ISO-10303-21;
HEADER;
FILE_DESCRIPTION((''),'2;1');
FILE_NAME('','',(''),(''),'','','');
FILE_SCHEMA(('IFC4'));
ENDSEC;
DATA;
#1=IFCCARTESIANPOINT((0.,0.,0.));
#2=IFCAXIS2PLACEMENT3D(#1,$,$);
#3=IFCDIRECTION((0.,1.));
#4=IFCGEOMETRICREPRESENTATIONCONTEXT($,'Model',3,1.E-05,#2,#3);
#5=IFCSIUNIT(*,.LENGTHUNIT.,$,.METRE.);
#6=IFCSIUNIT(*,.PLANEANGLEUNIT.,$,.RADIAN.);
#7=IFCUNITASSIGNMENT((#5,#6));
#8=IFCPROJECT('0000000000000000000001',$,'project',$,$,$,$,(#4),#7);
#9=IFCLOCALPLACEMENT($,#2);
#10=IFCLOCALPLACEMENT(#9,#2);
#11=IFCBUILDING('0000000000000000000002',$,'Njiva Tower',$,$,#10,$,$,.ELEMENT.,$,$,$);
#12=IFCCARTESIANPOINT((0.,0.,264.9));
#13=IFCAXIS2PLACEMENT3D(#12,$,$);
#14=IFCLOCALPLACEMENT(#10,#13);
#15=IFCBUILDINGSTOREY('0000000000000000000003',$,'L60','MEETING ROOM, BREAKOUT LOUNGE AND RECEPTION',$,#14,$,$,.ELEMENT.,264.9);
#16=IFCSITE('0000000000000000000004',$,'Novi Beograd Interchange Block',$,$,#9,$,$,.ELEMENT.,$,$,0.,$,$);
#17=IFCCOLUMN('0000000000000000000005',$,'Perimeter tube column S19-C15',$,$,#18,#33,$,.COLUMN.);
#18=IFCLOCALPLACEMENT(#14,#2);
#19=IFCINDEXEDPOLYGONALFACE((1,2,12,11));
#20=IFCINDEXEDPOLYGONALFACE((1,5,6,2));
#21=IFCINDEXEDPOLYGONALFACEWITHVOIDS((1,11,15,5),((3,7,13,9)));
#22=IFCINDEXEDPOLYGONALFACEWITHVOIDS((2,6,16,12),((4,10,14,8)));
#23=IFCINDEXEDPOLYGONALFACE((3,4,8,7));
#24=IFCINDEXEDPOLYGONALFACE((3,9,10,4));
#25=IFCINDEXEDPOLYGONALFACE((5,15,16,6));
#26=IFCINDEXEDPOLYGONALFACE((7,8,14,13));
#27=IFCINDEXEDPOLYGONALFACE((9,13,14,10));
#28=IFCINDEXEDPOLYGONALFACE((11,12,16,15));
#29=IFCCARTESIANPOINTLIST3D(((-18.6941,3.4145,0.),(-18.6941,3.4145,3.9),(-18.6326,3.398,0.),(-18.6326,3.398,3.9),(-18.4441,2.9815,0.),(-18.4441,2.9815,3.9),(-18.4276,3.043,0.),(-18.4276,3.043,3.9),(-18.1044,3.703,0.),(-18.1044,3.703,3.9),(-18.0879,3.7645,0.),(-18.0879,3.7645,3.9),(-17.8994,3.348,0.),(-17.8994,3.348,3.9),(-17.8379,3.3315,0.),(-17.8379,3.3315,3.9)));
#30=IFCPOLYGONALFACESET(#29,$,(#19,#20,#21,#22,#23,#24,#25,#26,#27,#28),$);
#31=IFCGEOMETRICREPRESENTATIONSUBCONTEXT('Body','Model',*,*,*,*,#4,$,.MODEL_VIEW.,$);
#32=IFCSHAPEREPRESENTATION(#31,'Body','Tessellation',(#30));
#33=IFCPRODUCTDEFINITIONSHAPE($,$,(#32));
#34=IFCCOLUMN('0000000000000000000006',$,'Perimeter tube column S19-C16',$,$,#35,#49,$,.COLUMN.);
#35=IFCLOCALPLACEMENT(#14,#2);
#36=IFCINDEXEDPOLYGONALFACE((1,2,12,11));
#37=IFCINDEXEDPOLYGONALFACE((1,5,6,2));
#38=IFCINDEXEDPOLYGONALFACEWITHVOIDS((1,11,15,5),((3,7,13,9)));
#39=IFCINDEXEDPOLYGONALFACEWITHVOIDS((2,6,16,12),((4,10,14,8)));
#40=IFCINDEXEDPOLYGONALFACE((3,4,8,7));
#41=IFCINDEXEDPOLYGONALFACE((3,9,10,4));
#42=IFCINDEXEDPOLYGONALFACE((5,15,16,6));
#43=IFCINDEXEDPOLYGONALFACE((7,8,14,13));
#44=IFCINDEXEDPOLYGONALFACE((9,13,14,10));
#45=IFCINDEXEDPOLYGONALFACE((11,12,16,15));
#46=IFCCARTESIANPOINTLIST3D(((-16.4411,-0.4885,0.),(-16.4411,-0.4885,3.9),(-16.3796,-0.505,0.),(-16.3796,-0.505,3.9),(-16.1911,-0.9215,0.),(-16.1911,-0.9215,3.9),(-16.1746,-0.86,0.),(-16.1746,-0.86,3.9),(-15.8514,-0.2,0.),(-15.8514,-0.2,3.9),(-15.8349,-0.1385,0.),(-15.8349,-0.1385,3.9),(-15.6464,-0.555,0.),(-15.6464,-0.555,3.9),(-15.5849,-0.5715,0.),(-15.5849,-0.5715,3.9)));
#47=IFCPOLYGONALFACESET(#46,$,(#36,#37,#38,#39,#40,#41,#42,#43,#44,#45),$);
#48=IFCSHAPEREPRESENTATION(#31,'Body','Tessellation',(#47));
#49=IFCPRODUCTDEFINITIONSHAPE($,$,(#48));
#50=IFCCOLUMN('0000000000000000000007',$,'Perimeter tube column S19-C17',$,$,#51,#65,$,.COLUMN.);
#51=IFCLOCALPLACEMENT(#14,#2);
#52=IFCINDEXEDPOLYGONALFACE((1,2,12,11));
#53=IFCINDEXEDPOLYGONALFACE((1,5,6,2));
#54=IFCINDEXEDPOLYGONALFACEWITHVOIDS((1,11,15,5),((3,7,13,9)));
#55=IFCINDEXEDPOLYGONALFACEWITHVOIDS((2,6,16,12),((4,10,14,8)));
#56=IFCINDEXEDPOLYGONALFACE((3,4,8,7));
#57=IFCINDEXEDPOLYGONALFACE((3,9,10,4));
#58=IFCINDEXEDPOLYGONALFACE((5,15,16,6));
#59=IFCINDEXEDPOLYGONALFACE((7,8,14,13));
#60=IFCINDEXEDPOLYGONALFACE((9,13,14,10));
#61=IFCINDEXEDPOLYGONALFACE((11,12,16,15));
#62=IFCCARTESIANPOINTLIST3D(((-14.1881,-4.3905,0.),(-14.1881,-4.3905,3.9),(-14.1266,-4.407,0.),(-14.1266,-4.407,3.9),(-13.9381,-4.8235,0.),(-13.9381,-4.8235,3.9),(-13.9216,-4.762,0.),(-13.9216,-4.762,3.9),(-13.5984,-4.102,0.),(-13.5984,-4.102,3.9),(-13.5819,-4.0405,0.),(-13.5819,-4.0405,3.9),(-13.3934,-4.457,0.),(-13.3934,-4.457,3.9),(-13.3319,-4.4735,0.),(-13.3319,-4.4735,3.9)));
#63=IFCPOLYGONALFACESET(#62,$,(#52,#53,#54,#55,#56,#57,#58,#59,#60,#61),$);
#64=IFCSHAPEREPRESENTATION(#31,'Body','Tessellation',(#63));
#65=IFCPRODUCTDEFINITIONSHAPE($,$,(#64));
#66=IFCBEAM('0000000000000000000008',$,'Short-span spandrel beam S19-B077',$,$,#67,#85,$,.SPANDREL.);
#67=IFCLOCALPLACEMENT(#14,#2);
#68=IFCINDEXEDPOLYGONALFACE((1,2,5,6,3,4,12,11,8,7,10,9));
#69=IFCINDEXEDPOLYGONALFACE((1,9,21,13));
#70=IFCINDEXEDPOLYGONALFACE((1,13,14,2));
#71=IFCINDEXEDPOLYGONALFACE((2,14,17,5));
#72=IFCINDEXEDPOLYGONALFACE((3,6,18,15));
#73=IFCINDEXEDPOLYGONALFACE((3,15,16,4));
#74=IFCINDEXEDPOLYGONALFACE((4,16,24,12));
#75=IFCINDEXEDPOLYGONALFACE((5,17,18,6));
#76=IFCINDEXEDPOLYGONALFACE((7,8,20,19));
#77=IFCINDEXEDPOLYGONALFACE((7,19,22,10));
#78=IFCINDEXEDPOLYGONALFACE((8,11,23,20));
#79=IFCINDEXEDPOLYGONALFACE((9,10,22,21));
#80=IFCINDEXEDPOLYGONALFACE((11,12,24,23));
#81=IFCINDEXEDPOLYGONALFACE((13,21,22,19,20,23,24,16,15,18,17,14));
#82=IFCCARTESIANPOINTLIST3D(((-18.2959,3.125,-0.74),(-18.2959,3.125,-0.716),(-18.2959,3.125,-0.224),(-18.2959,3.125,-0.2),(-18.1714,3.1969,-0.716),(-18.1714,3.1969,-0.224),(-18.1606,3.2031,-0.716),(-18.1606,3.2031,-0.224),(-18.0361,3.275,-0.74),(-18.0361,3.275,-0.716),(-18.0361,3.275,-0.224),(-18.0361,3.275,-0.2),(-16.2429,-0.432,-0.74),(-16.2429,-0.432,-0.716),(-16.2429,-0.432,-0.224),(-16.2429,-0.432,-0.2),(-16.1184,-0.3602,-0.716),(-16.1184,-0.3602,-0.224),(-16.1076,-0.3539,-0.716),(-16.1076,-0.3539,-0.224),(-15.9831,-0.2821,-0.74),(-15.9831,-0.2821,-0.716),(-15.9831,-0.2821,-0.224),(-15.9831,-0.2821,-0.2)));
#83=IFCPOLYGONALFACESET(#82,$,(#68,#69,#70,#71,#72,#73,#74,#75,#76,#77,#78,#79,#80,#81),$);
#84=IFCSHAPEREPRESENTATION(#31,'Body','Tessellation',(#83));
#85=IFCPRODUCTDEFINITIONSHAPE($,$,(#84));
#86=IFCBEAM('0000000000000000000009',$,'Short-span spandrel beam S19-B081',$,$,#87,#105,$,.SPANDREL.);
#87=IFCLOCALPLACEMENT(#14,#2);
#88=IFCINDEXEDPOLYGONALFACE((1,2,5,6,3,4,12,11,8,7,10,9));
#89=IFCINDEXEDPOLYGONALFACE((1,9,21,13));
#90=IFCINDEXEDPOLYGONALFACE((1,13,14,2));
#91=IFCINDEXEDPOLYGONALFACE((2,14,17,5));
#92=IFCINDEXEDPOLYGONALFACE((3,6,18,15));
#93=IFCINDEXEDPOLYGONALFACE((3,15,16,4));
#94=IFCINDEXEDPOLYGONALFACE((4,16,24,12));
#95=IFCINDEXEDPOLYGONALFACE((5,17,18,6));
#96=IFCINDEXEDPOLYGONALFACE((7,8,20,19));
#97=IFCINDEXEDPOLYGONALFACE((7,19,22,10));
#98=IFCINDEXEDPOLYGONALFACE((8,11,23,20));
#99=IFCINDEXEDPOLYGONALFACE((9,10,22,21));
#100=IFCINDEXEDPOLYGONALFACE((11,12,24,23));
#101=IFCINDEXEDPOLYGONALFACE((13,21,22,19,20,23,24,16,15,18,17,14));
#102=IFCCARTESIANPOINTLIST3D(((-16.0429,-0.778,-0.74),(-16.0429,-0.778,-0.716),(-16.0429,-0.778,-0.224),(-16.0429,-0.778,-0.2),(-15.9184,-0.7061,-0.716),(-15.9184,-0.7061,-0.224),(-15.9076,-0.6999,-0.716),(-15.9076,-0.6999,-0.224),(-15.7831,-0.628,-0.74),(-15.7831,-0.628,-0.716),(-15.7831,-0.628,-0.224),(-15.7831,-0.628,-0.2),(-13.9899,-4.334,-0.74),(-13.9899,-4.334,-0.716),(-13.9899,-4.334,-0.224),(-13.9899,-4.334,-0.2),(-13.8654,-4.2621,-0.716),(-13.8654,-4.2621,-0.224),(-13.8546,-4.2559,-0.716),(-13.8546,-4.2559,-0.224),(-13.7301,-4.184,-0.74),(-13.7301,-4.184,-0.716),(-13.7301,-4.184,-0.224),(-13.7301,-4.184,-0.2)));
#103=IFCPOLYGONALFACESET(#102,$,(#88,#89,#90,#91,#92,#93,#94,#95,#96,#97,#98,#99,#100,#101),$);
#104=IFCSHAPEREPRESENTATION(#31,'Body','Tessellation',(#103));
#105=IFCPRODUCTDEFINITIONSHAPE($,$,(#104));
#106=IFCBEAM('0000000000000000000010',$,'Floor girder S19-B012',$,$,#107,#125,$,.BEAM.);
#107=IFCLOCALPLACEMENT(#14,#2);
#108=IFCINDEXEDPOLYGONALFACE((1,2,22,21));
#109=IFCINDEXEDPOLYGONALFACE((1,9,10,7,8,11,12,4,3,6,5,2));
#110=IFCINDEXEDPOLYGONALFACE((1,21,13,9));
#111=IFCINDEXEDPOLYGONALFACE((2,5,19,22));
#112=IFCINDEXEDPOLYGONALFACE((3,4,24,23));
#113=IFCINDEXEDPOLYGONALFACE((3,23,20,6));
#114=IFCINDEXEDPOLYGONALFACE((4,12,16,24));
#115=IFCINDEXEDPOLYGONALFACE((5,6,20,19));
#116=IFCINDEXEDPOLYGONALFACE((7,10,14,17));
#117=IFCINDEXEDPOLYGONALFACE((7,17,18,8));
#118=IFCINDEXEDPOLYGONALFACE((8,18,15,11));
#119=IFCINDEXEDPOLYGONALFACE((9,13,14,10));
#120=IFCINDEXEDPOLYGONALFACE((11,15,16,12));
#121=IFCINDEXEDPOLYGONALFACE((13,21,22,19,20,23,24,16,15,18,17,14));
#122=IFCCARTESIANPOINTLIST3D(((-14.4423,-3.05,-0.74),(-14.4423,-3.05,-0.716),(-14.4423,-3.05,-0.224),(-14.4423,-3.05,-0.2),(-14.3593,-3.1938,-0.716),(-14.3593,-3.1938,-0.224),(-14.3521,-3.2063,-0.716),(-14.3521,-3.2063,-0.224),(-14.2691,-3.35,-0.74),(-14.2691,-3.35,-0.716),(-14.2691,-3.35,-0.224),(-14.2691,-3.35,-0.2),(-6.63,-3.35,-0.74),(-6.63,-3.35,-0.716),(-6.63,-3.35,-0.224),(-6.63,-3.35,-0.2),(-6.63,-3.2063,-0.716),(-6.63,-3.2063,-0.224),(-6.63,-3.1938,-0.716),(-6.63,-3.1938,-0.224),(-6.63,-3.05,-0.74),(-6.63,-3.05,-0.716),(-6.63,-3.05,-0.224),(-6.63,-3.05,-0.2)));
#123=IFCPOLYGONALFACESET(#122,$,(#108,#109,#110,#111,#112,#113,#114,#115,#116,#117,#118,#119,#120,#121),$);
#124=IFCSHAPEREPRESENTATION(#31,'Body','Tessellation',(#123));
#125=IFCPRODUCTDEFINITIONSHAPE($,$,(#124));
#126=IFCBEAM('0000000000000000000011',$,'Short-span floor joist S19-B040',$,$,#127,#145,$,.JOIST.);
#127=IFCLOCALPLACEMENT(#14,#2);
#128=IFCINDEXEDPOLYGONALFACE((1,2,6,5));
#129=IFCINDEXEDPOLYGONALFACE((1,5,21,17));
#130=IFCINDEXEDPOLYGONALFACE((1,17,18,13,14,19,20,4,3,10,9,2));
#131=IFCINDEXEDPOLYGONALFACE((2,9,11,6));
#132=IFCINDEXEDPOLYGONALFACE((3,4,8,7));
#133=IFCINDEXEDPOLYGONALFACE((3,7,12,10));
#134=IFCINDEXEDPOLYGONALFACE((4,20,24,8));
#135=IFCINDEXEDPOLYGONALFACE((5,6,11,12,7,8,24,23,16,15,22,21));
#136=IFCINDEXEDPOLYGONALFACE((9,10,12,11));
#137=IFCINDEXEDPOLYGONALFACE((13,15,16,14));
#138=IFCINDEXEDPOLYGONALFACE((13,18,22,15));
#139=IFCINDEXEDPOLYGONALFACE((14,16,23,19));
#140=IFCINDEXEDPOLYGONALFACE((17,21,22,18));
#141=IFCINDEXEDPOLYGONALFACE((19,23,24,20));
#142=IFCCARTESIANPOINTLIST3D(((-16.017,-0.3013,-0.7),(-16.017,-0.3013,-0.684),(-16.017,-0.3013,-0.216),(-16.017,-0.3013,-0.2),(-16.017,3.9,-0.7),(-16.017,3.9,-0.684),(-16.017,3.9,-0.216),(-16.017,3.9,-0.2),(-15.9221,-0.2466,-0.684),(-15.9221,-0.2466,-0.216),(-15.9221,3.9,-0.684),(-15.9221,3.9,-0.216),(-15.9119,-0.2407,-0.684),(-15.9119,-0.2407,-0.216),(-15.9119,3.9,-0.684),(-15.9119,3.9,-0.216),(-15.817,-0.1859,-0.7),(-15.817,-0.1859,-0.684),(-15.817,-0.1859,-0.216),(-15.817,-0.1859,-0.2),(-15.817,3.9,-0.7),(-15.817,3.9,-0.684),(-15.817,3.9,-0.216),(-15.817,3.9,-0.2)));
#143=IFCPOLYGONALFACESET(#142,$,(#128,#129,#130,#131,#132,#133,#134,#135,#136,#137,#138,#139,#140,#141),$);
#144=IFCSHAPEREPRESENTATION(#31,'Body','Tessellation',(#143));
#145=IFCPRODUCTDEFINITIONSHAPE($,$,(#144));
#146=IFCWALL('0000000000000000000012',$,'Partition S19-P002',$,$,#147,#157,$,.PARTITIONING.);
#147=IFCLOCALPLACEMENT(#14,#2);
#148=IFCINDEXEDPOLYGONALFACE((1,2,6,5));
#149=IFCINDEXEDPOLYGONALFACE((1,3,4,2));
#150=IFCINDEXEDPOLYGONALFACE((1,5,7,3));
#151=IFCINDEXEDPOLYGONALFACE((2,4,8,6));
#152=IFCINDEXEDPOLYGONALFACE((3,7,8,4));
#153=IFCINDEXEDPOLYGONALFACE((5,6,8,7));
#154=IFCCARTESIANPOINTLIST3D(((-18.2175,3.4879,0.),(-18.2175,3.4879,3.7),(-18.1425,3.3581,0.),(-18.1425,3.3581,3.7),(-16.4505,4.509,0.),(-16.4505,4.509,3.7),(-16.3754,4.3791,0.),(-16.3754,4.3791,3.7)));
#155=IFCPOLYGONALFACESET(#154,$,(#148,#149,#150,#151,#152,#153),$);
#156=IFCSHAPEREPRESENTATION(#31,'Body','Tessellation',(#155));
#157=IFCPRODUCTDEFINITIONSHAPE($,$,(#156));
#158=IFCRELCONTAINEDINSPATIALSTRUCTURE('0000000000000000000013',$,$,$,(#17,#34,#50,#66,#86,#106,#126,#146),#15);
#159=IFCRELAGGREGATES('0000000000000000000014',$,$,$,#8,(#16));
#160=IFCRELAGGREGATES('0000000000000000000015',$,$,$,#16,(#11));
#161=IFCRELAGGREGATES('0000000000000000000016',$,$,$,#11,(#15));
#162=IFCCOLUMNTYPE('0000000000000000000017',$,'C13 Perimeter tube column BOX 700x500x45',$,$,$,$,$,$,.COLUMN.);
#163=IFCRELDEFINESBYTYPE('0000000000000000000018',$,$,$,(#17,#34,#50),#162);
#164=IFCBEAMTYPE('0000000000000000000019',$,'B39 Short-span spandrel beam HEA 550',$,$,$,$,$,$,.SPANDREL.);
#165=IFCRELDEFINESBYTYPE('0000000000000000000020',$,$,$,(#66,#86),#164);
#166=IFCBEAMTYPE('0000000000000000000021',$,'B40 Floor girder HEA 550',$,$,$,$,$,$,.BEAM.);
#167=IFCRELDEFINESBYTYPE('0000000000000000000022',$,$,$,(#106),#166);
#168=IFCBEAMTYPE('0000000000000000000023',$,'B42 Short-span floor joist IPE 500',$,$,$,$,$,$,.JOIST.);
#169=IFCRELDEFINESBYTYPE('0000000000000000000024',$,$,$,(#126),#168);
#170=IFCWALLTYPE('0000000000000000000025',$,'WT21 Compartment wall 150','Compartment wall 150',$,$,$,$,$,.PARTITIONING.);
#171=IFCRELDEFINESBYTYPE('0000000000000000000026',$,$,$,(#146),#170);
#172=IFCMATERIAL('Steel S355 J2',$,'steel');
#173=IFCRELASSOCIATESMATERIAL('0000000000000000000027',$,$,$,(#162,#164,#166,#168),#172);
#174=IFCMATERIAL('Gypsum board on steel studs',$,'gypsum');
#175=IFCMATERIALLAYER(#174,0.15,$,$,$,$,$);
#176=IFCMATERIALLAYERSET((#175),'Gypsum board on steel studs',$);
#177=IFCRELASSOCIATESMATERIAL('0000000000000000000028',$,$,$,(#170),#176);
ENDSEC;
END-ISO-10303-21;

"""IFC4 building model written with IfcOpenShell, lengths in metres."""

from ifc_helpers import new_model, si_unit, direction, frame, frame_2d, origin, origin_2d, place, context, subcontext, project, spatial, rectangle, hollow_rectangle, i_section, extrude, clip, halfspace, material, layer, layer_set, material_profile, profile_set, type_object, element, save


model = new_model("IFC4")

# Units and contexts
model_context = context("Model", 3, precision=1e-05, world=origin(), true_north=direction((0.0, 1.0)))
body_context = subcontext(model_context, "Body", "Model", "MODEL_VIEW")
ifc_project = project(units=[si_unit("LENGTHUNIT", "METRE"), si_unit("PLANEANGLEUNIT", "RADIAN")], contexts=[model_context])

# Site, building, storey
site_placement = place(None, origin())
site = spatial("IfcSite", under=ifc_project, at=site_placement, Name="Novi Beograd Interchange Block", CompositionType="ELEMENT", RefElevation=0.0)
building_placement = place(site_placement, origin())
building = spatial("IfcBuilding", under=site, at=building_placement, Name="Njiva Tower", CompositionType="ELEMENT")
storey_placement = place(building_placement, frame((0.0, 0.0, 264.9)))
storey = spatial("IfcBuildingStorey", under=building, at=storey_placement, Name="L60", Description="MEETING ROOM, BREAKOUT LOUNGE AND RECEPTION", CompositionType="ELEMENT", Elevation=264.9)

# Columns
ifc_material_1 = material(Name="Steel S355 J2", Category="steel")
ifc_material_profile_1 = material_profile(ifc_material_1, hollow_rectangle(XDim=0.5, YDim=0.7, WallThickness=0.045, at=origin_2d()), Name="BOX 700x500x45")
ifc_profile_set_1 = profile_set([ifc_material_profile_1], Name="Steel S355 J2")
column_type = type_object("IfcColumnType", Name="C13 Perimeter tube column BOX 700x500x45", PredefinedType="COLUMN", material=ifc_profile_set_1)
for number, where, z_axis, x_axis, name in (
    (1, (-18.266, 3.373, 0.0), (0.0, 0.0, 1.0), (0.5, -0.866025, 0.0), "Perimeter tube column S19-C15"),
    (2, (-16.013, -0.53, 0.0), (0.0, 0.0, 1.0), (0.5, -0.866025, 0.0), "Perimeter tube column S19-C16"),
    (3, (-13.76, -4.432, 0.0), (0.0, 0.0, 1.0), (0.5, -0.866025, 0.0), "Perimeter tube column S19-C17"),
):
    element("IfcColumn", number, at=place(storey_placement, frame(where, z_axis=z_axis, x_axis=x_axis)), inside=storey, type_object=column_type, Name=name, PredefinedType="COLUMN", context=body_context, shape_type="SweptSolid", body=[
        extrude(hollow_rectangle(XDim=0.5, YDim=0.7, WallThickness=0.045, at=origin_2d()), origin(), (0.0, 0.0, 1.0), 3.9),
    ])

# Beams
ifc_material_profile_2 = material_profile(ifc_material_1, i_section(OverallWidth=0.3, OverallDepth=0.54, WebThickness=0.0125, FlangeThickness=0.024, at=origin_2d()), Name="HEA 550")
ifc_profile_set_2 = profile_set([ifc_material_profile_2], Name="Steel S355 J2")
beam_type_1 = type_object("IfcBeamType", Name="B39 Short-span spandrel beam HEA 550", PredefinedType="SPANDREL", material=ifc_profile_set_2)
beam_1_placement = place(storey_placement, frame((-18.166, 3.2, -0.47), z_axis=(0.499884, -0.866092, 0.0), x_axis=(0.866092, 0.499884, 0.0)))
element("IfcBeam", 4, at=beam_1_placement, inside=storey, type_object=beam_type_1, Name="Short-span spandrel beam S19-B077", PredefinedType="SPANDREL", context=body_context, shape_type="SweptSolid", body=[
    extrude(i_section(OverallWidth=0.3, OverallDepth=0.54, WebThickness=0.0125, FlangeThickness=0.024, at=origin_2d()), origin(), (0.0, 0.0, 1.0), 4.107),
])
beam_2_placement = place(storey_placement, frame((-15.913, -0.703, -0.47), z_axis=(0.499989, -0.866031, 0.0), x_axis=(0.866031, 0.499989, 0.0)))
element("IfcBeam", 5, at=beam_2_placement, inside=storey, type_object=beam_type_1, Name="Short-span spandrel beam S19-B081", PredefinedType="SPANDREL", context=body_context, shape_type="SweptSolid", body=[
    extrude(i_section(OverallWidth=0.3, OverallDepth=0.54, WebThickness=0.0125, FlangeThickness=0.024, at=origin_2d()), origin(), (0.0, 0.0, 1.0), 4.1061),
])
ifc_material_profile_3 = material_profile(ifc_material_1, i_section(OverallWidth=0.3, OverallDepth=0.54, WebThickness=0.0125, FlangeThickness=0.024, at=origin_2d()), Name="HEA 550")
ifc_profile_set_3 = profile_set([ifc_material_profile_3], Name="Steel S355 J2")
beam_type_2 = type_object("IfcBeamType", Name="B40 Floor girder HEA 550", PredefinedType="BEAM", material=ifc_profile_set_3)
beam_3_placement = place(storey_placement, frame((-14.463, -3.2, -0.47), z_axis=(1.0, 0.0, 0.0), x_axis=(0.0, 1.0, 0.0)))
element("IfcBeam", 6, at=beam_3_placement, inside=storey, type_object=beam_type_2, Name="Floor girder S19-B012", PredefinedType="BEAM", context=body_context, shape_type="Clipping", body=[
    clip(extrude(i_section(OverallWidth=0.3, OverallDepth=0.54, WebThickness=0.0125, FlangeThickness=0.024, at=origin_2d()), origin(), (0.0, 0.0, 1.0), 7.833), halfspace(frame((-0.025, 0.0, 0.1217), z_axis=(-0.499998, 0.0, -0.866027), x_axis=(0.0, -1.0, 0.0)), False)),
])
ifc_material_profile_4 = material_profile(ifc_material_1, i_section(OverallWidth=0.2, OverallDepth=0.5, WebThickness=0.0102, FlangeThickness=0.016, at=origin_2d()), Name="IPE 500")
ifc_profile_set_4 = profile_set([ifc_material_profile_4], Name="Steel S355 J2")
beam_type_3 = type_object("IfcBeamType", Name="B42 Short-span floor joist IPE 500", PredefinedType="JOIST", material=ifc_profile_set_4)
beam_4_placement = place(storey_placement, frame((-15.917, 3.9, -0.45), z_axis=(0.0, -1.0, 0.0), x_axis=(1.0, 0.0, 0.0)))
element("IfcBeam", 7, at=beam_4_placement, inside=storey, type_object=beam_type_3, Name="Short-span floor joist S19-B040", PredefinedType="JOIST", context=body_context, shape_type="Clipping", body=[
    clip(extrude(i_section(OverallWidth=0.2, OverallDepth=0.5, WebThickness=0.0102, FlangeThickness=0.016, at=origin_2d()), origin(), (0.0, 0.0, 1.0), 4.221), halfspace(frame((0.0253, 0.0, 4.129), z_axis=(0.499998, 0.0, 0.866027), x_axis=(0.0, 1.0, 0.0)), False)),
])

# Wall
ifc_material_2 = material(Name="Gypsum board on steel studs", Category="gypsum")
ifc_layer = layer(ifc_material_2, 0.15)
ifc_layer_set = layer_set([ifc_layer], Name="Gypsum board on steel studs")
wall_type = type_object("IfcWallType", Name="WT21 Compartment wall 150", Description="Compartment wall 150", PredefinedType="PARTITIONING", material=ifc_layer_set)
wall_1_placement = place(storey_placement, frame((-18.18, 3.423, 0.0), z_axis=(0.0, 0.0, 1.0), x_axis=(0.865851, 0.500302, 0.0)))
element("IfcWall", 8, at=wall_1_placement, inside=storey, type_object=wall_type, Name="Partition S19-P002", PredefinedType="PARTITIONING", context=body_context, shape_type="SweptSolid", body=[
    extrude(rectangle(XDim=2.0408, YDim=0.15, at=frame_2d((1.0204, 0.0))), origin(), (0.0, 0.0, 1.0), 3.7),
])

save(model, "model.ifc")
